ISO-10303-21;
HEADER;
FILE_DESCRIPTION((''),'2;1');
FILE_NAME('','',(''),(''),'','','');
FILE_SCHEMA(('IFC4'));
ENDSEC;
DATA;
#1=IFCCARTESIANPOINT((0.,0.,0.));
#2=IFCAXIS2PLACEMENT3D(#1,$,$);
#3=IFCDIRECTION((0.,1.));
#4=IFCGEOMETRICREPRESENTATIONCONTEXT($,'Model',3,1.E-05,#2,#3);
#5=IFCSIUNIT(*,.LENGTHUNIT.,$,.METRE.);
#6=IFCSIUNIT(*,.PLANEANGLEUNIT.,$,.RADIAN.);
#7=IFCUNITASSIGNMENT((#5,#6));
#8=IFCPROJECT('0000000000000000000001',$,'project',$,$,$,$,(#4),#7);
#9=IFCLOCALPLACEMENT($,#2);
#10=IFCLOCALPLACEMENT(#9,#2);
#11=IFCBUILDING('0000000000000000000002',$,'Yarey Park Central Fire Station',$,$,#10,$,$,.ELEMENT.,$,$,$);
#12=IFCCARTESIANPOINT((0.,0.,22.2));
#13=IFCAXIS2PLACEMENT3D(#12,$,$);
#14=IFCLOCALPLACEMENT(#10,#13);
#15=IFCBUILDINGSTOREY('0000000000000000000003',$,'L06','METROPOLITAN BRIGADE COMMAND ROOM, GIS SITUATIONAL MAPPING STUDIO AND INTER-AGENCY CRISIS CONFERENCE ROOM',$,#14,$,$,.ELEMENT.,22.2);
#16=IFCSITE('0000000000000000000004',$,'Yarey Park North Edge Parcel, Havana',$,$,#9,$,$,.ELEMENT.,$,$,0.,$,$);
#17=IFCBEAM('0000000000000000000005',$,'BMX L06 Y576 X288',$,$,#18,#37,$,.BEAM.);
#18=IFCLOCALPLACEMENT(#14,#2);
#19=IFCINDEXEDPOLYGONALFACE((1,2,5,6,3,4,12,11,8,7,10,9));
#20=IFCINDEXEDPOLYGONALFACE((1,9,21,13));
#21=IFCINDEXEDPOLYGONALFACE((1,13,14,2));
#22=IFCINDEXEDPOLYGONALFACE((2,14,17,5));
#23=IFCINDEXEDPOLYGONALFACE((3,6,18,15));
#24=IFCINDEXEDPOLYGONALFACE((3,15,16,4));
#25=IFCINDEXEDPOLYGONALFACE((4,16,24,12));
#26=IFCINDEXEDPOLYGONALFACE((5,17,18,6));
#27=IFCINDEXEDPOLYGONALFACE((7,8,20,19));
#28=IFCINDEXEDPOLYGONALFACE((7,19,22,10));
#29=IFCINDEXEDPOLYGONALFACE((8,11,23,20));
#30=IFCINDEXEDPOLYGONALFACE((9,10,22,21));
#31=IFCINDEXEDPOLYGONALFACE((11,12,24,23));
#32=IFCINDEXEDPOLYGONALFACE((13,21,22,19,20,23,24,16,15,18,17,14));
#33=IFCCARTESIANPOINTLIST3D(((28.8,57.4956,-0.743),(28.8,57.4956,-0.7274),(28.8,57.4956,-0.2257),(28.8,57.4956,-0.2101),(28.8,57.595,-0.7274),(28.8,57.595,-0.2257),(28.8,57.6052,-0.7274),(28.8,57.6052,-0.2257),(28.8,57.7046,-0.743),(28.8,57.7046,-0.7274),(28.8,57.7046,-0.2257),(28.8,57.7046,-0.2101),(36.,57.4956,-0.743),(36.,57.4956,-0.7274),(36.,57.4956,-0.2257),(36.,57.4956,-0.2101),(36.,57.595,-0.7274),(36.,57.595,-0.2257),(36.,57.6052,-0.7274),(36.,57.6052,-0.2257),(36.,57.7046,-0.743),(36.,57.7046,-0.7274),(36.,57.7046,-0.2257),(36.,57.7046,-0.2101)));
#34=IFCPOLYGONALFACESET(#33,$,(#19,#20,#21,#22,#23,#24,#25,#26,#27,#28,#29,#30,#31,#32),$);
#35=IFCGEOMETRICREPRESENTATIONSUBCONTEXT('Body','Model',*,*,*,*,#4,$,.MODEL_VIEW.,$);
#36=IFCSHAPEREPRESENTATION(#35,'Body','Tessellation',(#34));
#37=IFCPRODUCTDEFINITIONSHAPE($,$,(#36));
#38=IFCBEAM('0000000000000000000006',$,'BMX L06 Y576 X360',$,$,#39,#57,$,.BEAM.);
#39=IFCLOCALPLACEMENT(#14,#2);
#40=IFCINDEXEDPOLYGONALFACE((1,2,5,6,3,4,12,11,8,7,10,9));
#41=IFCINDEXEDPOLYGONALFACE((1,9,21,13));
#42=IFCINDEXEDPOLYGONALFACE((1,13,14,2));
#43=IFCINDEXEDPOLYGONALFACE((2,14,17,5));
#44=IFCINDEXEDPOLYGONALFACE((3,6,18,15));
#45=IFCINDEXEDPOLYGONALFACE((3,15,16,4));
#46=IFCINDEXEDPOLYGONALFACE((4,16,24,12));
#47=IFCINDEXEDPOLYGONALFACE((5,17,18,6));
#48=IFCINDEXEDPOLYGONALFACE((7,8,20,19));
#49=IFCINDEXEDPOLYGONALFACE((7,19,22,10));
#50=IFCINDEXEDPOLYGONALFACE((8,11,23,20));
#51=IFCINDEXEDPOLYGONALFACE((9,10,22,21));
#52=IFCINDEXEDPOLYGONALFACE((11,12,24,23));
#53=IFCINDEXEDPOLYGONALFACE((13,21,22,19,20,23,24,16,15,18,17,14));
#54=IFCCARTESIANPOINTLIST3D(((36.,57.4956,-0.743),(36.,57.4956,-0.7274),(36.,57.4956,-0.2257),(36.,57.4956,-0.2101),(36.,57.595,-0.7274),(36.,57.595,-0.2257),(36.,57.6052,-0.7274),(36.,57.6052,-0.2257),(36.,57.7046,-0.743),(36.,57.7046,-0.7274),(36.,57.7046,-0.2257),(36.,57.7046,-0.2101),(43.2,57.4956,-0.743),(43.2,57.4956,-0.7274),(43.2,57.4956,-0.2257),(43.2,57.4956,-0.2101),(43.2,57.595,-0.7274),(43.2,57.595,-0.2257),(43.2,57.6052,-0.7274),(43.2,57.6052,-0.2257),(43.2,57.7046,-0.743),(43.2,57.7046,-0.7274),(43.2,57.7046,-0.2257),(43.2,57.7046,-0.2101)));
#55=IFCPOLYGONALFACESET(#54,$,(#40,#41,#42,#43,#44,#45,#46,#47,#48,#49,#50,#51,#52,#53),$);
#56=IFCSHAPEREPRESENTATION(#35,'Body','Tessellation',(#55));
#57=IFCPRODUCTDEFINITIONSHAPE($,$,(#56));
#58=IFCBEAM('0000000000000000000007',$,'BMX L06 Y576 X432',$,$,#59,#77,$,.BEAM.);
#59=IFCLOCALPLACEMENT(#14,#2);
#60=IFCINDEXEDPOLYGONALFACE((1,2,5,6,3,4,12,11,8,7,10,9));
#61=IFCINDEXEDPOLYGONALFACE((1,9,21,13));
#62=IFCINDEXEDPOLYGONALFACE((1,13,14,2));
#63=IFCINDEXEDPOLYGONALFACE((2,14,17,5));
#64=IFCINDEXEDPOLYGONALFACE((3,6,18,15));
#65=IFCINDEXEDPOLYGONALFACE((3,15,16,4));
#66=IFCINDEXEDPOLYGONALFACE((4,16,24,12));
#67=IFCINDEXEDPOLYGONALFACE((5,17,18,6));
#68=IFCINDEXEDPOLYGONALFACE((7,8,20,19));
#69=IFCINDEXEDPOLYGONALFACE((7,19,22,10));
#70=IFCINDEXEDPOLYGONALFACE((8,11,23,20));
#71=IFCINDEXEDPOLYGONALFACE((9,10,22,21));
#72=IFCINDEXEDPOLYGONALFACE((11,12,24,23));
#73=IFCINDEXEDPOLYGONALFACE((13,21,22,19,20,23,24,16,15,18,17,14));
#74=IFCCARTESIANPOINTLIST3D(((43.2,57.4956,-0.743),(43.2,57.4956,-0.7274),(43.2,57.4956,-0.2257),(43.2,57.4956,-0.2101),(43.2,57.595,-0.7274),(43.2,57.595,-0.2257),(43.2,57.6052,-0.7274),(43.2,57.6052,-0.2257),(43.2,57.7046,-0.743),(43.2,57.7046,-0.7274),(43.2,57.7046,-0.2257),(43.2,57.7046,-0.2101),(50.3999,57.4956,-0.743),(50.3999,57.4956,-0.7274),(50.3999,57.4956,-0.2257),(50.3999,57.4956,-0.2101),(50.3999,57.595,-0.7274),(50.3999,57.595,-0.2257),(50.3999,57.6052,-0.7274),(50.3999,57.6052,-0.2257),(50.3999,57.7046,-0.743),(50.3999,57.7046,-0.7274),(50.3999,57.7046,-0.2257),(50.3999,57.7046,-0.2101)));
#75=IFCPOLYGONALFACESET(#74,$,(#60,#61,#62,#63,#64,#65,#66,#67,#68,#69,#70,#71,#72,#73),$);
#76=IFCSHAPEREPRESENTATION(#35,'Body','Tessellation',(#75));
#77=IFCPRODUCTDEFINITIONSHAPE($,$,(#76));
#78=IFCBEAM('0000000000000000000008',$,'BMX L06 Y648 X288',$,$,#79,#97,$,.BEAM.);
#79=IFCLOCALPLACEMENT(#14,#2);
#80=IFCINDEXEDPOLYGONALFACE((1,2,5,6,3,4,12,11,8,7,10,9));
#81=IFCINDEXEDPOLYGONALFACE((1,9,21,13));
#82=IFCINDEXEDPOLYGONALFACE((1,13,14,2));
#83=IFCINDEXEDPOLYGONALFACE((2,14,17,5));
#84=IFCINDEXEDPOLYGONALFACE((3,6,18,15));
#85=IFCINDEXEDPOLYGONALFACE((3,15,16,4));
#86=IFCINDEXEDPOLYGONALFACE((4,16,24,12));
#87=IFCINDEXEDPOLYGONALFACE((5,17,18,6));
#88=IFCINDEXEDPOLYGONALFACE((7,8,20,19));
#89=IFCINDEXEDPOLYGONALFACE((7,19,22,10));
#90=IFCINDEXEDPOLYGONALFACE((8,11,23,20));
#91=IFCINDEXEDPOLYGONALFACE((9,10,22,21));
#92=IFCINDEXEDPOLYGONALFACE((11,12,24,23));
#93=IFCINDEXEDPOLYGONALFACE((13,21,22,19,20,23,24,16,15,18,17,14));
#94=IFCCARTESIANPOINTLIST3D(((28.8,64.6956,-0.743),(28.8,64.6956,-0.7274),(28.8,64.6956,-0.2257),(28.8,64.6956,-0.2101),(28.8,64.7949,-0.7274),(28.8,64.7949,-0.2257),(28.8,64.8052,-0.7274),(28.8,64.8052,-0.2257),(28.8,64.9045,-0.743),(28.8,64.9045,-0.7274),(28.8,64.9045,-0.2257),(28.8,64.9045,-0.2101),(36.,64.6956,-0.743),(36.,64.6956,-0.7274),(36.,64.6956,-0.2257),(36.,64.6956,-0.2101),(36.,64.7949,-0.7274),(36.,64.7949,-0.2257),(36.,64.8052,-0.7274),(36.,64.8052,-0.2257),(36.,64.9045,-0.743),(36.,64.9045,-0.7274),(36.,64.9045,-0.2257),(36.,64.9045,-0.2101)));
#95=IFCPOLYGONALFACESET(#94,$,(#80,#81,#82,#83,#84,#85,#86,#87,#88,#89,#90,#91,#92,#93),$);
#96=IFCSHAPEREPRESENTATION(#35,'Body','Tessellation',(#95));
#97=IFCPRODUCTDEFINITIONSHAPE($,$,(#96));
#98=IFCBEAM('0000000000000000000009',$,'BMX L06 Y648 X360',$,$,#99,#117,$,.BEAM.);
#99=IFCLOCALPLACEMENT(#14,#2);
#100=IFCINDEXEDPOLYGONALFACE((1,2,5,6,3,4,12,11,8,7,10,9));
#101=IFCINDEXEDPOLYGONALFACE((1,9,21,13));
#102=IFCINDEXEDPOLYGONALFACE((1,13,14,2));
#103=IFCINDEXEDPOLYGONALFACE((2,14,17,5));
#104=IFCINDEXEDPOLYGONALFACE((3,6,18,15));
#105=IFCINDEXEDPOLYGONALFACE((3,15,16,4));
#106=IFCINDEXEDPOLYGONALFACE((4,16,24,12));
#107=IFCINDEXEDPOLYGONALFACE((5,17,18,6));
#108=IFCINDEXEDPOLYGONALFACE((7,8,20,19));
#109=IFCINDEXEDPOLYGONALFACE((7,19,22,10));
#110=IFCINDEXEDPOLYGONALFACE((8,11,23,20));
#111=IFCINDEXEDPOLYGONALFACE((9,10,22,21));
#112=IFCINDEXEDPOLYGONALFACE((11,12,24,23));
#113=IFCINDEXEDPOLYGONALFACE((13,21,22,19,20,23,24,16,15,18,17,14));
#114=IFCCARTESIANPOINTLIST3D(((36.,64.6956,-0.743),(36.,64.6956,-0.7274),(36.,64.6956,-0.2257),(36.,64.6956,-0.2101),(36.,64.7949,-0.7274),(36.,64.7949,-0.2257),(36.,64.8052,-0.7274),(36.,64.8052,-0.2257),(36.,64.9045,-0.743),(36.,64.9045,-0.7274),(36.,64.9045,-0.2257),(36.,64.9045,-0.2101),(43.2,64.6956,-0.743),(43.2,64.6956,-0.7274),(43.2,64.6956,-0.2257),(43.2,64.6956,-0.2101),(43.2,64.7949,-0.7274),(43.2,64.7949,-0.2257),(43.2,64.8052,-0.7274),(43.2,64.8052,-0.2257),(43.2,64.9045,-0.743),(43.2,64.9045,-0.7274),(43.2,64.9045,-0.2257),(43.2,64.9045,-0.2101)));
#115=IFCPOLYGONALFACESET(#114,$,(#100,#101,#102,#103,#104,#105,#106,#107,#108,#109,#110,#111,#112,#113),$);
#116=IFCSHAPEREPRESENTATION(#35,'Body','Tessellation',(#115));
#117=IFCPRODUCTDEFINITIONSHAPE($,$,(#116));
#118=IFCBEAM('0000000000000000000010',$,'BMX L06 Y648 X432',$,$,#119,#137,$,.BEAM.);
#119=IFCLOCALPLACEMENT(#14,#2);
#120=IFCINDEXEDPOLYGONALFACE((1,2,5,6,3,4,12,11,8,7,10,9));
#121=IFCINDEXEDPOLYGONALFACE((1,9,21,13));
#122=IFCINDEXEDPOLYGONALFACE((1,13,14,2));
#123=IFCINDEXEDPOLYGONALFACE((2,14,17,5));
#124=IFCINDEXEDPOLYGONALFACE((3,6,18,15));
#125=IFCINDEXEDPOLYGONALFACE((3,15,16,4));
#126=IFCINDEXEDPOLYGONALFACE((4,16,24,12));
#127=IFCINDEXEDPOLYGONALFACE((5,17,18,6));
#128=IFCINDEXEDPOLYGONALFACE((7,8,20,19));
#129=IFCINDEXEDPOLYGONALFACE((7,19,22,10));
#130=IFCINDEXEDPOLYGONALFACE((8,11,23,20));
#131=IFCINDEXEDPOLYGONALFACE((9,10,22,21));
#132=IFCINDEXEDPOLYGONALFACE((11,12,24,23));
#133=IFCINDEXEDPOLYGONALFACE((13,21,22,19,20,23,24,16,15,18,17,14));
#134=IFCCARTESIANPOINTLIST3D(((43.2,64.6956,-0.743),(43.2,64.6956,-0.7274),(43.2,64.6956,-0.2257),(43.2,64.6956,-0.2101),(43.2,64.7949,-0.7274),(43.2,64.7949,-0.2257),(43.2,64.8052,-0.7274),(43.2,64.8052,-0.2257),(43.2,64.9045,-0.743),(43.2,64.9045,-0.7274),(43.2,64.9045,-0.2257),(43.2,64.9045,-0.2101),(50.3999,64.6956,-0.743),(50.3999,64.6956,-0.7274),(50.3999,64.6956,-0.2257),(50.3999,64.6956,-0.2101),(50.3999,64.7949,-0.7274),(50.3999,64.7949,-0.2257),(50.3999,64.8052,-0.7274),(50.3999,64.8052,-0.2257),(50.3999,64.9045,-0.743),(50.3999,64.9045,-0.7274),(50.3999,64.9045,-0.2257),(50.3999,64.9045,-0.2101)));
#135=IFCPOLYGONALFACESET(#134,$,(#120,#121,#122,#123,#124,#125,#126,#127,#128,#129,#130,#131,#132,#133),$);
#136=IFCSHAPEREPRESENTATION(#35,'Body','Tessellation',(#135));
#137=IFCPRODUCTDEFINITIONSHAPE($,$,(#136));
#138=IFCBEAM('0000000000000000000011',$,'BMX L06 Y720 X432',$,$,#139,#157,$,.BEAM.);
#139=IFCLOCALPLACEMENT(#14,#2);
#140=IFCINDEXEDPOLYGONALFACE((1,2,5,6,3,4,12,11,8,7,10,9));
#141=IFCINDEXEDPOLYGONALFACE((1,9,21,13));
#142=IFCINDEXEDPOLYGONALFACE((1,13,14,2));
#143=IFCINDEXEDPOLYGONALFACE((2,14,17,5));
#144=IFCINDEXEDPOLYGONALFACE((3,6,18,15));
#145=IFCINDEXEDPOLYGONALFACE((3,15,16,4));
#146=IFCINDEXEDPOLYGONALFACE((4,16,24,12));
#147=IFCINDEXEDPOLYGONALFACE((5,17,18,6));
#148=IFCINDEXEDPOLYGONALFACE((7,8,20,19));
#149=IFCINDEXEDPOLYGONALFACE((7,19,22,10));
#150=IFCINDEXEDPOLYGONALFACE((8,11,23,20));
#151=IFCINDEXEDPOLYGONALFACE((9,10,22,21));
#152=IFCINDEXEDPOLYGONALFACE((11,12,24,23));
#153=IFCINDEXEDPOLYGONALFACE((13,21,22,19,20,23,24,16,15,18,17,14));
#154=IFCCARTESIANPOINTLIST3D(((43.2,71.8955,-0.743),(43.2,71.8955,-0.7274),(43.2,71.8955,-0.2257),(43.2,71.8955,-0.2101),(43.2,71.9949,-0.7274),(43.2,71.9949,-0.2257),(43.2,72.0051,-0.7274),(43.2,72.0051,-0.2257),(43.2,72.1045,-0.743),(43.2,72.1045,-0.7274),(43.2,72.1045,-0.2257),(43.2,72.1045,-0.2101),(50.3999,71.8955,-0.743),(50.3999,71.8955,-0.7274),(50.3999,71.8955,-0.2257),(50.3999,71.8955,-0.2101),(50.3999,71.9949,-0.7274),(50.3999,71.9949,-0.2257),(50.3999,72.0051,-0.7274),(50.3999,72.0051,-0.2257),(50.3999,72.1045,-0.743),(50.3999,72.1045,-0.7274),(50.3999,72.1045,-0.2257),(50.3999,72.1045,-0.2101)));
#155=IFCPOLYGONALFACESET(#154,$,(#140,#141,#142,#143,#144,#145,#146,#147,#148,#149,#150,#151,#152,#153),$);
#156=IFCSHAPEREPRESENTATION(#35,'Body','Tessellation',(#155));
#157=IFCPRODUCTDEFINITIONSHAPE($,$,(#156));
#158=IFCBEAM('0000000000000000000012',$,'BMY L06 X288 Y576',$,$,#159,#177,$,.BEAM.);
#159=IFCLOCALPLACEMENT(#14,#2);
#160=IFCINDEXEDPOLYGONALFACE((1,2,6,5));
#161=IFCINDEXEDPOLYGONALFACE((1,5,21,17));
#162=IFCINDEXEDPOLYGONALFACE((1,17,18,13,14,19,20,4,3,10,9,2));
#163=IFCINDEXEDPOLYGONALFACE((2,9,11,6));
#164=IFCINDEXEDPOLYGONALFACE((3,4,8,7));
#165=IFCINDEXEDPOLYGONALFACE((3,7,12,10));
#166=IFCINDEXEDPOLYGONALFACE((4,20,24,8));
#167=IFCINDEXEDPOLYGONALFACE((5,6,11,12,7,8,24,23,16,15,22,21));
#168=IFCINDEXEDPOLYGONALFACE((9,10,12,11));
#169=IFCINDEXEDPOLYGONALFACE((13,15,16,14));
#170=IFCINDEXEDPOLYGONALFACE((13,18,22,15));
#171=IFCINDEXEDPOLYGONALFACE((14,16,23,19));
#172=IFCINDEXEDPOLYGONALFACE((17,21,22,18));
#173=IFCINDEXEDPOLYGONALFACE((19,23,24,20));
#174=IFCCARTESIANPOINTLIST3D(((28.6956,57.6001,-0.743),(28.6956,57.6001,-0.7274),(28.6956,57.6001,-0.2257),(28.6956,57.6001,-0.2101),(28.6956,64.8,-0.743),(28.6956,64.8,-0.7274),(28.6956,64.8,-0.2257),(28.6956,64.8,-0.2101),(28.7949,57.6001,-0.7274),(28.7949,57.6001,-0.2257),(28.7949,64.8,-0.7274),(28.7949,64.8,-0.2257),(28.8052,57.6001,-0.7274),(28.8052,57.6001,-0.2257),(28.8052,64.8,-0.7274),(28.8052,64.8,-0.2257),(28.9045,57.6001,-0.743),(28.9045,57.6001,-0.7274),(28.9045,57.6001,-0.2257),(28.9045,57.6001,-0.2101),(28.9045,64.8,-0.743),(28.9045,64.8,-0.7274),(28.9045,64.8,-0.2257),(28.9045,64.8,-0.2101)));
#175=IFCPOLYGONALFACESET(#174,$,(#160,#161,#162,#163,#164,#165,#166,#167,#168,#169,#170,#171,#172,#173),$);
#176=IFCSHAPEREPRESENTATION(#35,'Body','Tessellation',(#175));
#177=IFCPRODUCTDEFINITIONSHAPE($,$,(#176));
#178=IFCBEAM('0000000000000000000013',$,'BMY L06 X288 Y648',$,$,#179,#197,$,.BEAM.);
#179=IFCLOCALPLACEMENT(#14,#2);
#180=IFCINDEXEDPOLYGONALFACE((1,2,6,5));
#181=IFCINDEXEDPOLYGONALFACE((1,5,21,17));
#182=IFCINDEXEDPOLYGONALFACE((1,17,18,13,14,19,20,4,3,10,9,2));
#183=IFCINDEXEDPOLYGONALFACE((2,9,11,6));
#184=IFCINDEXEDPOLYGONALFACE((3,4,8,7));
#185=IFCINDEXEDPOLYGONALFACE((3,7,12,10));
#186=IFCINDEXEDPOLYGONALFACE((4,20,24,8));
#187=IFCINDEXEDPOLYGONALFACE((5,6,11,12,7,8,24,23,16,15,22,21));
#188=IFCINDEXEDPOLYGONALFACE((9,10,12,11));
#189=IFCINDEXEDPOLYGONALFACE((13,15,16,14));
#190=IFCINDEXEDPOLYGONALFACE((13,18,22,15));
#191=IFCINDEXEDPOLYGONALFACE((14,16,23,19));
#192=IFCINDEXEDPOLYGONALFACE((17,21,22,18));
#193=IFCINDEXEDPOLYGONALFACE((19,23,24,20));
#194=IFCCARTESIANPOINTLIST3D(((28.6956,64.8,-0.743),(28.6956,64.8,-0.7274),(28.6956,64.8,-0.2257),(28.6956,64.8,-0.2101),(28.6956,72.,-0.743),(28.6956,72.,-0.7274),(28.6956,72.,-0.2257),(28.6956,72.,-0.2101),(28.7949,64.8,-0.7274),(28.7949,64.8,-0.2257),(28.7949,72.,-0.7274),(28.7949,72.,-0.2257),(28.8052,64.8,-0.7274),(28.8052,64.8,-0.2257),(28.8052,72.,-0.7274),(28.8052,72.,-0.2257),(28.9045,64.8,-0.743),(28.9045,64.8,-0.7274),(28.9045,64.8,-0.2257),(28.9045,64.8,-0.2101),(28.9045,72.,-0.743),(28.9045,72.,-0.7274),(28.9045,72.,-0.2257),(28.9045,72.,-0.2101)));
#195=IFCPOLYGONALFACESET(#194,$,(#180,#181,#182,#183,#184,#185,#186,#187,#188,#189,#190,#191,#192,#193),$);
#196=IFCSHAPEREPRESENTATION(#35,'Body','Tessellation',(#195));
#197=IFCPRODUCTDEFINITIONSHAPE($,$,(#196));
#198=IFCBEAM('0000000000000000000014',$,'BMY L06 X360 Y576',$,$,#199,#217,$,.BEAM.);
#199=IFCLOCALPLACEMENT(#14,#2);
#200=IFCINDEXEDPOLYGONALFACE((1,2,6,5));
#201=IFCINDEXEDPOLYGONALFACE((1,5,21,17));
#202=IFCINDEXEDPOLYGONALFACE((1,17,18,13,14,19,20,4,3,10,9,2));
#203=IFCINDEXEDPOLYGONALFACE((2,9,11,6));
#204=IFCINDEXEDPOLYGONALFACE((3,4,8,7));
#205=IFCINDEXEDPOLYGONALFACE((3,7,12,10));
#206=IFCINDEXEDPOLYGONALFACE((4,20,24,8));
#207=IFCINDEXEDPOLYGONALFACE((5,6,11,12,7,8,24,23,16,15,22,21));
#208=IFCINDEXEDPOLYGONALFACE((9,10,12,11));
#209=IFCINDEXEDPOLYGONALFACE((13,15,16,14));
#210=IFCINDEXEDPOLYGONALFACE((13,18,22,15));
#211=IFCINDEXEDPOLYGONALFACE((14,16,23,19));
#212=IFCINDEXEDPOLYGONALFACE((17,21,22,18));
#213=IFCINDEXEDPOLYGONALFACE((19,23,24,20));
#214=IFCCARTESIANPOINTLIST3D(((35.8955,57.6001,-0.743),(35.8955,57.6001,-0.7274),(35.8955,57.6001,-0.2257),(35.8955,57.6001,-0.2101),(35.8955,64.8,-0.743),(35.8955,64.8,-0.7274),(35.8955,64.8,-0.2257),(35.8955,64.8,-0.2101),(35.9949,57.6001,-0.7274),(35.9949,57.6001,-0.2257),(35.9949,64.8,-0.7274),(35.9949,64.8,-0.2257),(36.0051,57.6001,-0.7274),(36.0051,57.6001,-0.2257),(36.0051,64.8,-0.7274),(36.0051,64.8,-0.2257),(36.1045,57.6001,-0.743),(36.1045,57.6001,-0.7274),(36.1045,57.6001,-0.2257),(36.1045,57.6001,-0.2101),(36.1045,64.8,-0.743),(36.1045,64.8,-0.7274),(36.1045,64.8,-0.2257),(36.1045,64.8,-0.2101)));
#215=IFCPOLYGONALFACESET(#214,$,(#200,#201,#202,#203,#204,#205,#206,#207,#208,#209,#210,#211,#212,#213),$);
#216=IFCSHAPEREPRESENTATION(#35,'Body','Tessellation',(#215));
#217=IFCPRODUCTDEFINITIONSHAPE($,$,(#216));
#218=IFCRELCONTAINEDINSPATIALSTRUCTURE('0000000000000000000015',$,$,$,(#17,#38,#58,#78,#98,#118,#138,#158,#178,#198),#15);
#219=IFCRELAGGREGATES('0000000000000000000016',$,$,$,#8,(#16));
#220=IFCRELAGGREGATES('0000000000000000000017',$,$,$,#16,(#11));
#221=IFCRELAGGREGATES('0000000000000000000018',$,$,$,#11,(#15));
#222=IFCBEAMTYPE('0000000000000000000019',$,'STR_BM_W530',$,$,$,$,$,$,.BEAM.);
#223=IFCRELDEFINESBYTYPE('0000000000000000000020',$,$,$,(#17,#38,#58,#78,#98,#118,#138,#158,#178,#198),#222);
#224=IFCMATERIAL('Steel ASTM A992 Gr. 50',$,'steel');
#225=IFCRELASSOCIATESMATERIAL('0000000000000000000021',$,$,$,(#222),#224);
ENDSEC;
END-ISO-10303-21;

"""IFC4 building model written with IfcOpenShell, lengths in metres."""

from ifc_helpers import new_model, si_unit, direction, frame, origin, origin_2d, place, context, subcontext, project, spatial, i_section, extrude, material, material_profile, profile_set, type_object, element, save


model = new_model("IFC4")

# Units and contexts
model_context = context("Model", 3, precision=1e-05, world=origin(), true_north=direction((0.0, 1.0)))
body_context = subcontext(model_context, "Body", "Model", "MODEL_VIEW")
ifc_project = project(units=[si_unit("LENGTHUNIT", "METRE"), si_unit("PLANEANGLEUNIT", "RADIAN")], contexts=[model_context])

# Site, building, storey
site_placement = place(None, origin())
site = spatial("IfcSite", under=ifc_project, at=site_placement, Name="Yarey Park North Edge Parcel, Havana", CompositionType="ELEMENT", RefElevation=0.0)
building_placement = place(site_placement, origin())
building = spatial("IfcBuilding", under=site, at=building_placement, Name="Yarey Park Central Fire Station", CompositionType="ELEMENT")
storey_placement = place(building_placement, frame((0.0, 0.0, 22.2)))
storey = spatial("IfcBuildingStorey", under=building, at=storey_placement, Name="L06", Description="METROPOLITAN BRIGADE COMMAND ROOM, GIS SITUATIONAL MAPPING STUDIO AND INTER-AGENCY CRISIS CONFERENCE ROOM", CompositionType="ELEMENT", Elevation=22.2)

# Beams
ifc_material_1 = material(Name="Steel ASTM A992 Gr. 50", Category="steel")
ifc_material_profile_1 = material_profile(ifc_material_1, i_section(OverallWidth=0.209, OverallDepth=0.533, WebThickness=0.0103, FlangeThickness=0.0156, at=origin_2d()), Name="W530x92")
ifc_profile_set_1 = profile_set([ifc_material_profile_1], Name="Steel ASTM A992 Gr. 50")
beam_type_1 = type_object("IfcBeamType", Name="STR_BM_W530", PredefinedType="BEAM", material=ifc_profile_set_1)
for number, where, z_axis, x_axis, name in (
    (1, (28.8, 57.6001, -0.4766), (1.0, 0.0, 0.0), (0.0, 1.0, 0.0), "BMX L06 Y576 X288"),
    (2, (36.0, 57.6001, -0.4766), (1.0, 0.0, 0.0), (0.0, 1.0, 0.0), "BMX L06 Y576 X360"),
    (3, (43.2, 57.6001, -0.4766), (1.0, 0.0, 0.0), (0.0, 1.0, 0.0), "BMX L06 Y576 X432"),
    (4, (28.8, 64.8, -0.4766), (1.0, 0.0, 0.0), (0.0, 1.0, 0.0), "BMX L06 Y648 X288"),
    (5, (36.0, 64.8, -0.4766), (1.0, 0.0, 0.0), (0.0, 1.0, 0.0), "BMX L06 Y648 X360"),
    (6, (43.2, 64.8, -0.4766), (1.0, 0.0, 0.0), (0.0, 1.0, 0.0), "BMX L06 Y648 X432"),
    (7, (43.2, 72.0, -0.4766), (1.0, 0.0, 0.0), (0.0, 1.0, 0.0), "BMX L06 Y720 X432"),
    (8, (28.8, 57.6001, -0.4766), (0.0, 1.0, 0.0), (-1.0, 0.0, 0.0), "BMY L06 X288 Y576"),
    (9, (28.8, 64.8, -0.4766), (0.0, 1.0, 0.0), (-1.0, 0.0, 0.0), "BMY L06 X288 Y648"),
    (10, (36.0, 57.6001, -0.4766), (0.0, 1.0, 0.0), (-1.0, 0.0, 0.0), "BMY L06 X360 Y576"),
):
    element("IfcBeam", number, at=place(storey_placement, frame(where, z_axis=z_axis, x_axis=x_axis)), inside=storey, type_object=beam_type_1, Name=name, PredefinedType="BEAM", context=body_context, shape_type="SweptSolid", body=[
        extrude(i_section(OverallWidth=0.209, OverallDepth=0.533, WebThickness=0.0103, FlangeThickness=0.0156, at=origin_2d()), origin(), (0.0, 0.0, 1.0), 7.2),
    ])

save(model, "model.ifc")
